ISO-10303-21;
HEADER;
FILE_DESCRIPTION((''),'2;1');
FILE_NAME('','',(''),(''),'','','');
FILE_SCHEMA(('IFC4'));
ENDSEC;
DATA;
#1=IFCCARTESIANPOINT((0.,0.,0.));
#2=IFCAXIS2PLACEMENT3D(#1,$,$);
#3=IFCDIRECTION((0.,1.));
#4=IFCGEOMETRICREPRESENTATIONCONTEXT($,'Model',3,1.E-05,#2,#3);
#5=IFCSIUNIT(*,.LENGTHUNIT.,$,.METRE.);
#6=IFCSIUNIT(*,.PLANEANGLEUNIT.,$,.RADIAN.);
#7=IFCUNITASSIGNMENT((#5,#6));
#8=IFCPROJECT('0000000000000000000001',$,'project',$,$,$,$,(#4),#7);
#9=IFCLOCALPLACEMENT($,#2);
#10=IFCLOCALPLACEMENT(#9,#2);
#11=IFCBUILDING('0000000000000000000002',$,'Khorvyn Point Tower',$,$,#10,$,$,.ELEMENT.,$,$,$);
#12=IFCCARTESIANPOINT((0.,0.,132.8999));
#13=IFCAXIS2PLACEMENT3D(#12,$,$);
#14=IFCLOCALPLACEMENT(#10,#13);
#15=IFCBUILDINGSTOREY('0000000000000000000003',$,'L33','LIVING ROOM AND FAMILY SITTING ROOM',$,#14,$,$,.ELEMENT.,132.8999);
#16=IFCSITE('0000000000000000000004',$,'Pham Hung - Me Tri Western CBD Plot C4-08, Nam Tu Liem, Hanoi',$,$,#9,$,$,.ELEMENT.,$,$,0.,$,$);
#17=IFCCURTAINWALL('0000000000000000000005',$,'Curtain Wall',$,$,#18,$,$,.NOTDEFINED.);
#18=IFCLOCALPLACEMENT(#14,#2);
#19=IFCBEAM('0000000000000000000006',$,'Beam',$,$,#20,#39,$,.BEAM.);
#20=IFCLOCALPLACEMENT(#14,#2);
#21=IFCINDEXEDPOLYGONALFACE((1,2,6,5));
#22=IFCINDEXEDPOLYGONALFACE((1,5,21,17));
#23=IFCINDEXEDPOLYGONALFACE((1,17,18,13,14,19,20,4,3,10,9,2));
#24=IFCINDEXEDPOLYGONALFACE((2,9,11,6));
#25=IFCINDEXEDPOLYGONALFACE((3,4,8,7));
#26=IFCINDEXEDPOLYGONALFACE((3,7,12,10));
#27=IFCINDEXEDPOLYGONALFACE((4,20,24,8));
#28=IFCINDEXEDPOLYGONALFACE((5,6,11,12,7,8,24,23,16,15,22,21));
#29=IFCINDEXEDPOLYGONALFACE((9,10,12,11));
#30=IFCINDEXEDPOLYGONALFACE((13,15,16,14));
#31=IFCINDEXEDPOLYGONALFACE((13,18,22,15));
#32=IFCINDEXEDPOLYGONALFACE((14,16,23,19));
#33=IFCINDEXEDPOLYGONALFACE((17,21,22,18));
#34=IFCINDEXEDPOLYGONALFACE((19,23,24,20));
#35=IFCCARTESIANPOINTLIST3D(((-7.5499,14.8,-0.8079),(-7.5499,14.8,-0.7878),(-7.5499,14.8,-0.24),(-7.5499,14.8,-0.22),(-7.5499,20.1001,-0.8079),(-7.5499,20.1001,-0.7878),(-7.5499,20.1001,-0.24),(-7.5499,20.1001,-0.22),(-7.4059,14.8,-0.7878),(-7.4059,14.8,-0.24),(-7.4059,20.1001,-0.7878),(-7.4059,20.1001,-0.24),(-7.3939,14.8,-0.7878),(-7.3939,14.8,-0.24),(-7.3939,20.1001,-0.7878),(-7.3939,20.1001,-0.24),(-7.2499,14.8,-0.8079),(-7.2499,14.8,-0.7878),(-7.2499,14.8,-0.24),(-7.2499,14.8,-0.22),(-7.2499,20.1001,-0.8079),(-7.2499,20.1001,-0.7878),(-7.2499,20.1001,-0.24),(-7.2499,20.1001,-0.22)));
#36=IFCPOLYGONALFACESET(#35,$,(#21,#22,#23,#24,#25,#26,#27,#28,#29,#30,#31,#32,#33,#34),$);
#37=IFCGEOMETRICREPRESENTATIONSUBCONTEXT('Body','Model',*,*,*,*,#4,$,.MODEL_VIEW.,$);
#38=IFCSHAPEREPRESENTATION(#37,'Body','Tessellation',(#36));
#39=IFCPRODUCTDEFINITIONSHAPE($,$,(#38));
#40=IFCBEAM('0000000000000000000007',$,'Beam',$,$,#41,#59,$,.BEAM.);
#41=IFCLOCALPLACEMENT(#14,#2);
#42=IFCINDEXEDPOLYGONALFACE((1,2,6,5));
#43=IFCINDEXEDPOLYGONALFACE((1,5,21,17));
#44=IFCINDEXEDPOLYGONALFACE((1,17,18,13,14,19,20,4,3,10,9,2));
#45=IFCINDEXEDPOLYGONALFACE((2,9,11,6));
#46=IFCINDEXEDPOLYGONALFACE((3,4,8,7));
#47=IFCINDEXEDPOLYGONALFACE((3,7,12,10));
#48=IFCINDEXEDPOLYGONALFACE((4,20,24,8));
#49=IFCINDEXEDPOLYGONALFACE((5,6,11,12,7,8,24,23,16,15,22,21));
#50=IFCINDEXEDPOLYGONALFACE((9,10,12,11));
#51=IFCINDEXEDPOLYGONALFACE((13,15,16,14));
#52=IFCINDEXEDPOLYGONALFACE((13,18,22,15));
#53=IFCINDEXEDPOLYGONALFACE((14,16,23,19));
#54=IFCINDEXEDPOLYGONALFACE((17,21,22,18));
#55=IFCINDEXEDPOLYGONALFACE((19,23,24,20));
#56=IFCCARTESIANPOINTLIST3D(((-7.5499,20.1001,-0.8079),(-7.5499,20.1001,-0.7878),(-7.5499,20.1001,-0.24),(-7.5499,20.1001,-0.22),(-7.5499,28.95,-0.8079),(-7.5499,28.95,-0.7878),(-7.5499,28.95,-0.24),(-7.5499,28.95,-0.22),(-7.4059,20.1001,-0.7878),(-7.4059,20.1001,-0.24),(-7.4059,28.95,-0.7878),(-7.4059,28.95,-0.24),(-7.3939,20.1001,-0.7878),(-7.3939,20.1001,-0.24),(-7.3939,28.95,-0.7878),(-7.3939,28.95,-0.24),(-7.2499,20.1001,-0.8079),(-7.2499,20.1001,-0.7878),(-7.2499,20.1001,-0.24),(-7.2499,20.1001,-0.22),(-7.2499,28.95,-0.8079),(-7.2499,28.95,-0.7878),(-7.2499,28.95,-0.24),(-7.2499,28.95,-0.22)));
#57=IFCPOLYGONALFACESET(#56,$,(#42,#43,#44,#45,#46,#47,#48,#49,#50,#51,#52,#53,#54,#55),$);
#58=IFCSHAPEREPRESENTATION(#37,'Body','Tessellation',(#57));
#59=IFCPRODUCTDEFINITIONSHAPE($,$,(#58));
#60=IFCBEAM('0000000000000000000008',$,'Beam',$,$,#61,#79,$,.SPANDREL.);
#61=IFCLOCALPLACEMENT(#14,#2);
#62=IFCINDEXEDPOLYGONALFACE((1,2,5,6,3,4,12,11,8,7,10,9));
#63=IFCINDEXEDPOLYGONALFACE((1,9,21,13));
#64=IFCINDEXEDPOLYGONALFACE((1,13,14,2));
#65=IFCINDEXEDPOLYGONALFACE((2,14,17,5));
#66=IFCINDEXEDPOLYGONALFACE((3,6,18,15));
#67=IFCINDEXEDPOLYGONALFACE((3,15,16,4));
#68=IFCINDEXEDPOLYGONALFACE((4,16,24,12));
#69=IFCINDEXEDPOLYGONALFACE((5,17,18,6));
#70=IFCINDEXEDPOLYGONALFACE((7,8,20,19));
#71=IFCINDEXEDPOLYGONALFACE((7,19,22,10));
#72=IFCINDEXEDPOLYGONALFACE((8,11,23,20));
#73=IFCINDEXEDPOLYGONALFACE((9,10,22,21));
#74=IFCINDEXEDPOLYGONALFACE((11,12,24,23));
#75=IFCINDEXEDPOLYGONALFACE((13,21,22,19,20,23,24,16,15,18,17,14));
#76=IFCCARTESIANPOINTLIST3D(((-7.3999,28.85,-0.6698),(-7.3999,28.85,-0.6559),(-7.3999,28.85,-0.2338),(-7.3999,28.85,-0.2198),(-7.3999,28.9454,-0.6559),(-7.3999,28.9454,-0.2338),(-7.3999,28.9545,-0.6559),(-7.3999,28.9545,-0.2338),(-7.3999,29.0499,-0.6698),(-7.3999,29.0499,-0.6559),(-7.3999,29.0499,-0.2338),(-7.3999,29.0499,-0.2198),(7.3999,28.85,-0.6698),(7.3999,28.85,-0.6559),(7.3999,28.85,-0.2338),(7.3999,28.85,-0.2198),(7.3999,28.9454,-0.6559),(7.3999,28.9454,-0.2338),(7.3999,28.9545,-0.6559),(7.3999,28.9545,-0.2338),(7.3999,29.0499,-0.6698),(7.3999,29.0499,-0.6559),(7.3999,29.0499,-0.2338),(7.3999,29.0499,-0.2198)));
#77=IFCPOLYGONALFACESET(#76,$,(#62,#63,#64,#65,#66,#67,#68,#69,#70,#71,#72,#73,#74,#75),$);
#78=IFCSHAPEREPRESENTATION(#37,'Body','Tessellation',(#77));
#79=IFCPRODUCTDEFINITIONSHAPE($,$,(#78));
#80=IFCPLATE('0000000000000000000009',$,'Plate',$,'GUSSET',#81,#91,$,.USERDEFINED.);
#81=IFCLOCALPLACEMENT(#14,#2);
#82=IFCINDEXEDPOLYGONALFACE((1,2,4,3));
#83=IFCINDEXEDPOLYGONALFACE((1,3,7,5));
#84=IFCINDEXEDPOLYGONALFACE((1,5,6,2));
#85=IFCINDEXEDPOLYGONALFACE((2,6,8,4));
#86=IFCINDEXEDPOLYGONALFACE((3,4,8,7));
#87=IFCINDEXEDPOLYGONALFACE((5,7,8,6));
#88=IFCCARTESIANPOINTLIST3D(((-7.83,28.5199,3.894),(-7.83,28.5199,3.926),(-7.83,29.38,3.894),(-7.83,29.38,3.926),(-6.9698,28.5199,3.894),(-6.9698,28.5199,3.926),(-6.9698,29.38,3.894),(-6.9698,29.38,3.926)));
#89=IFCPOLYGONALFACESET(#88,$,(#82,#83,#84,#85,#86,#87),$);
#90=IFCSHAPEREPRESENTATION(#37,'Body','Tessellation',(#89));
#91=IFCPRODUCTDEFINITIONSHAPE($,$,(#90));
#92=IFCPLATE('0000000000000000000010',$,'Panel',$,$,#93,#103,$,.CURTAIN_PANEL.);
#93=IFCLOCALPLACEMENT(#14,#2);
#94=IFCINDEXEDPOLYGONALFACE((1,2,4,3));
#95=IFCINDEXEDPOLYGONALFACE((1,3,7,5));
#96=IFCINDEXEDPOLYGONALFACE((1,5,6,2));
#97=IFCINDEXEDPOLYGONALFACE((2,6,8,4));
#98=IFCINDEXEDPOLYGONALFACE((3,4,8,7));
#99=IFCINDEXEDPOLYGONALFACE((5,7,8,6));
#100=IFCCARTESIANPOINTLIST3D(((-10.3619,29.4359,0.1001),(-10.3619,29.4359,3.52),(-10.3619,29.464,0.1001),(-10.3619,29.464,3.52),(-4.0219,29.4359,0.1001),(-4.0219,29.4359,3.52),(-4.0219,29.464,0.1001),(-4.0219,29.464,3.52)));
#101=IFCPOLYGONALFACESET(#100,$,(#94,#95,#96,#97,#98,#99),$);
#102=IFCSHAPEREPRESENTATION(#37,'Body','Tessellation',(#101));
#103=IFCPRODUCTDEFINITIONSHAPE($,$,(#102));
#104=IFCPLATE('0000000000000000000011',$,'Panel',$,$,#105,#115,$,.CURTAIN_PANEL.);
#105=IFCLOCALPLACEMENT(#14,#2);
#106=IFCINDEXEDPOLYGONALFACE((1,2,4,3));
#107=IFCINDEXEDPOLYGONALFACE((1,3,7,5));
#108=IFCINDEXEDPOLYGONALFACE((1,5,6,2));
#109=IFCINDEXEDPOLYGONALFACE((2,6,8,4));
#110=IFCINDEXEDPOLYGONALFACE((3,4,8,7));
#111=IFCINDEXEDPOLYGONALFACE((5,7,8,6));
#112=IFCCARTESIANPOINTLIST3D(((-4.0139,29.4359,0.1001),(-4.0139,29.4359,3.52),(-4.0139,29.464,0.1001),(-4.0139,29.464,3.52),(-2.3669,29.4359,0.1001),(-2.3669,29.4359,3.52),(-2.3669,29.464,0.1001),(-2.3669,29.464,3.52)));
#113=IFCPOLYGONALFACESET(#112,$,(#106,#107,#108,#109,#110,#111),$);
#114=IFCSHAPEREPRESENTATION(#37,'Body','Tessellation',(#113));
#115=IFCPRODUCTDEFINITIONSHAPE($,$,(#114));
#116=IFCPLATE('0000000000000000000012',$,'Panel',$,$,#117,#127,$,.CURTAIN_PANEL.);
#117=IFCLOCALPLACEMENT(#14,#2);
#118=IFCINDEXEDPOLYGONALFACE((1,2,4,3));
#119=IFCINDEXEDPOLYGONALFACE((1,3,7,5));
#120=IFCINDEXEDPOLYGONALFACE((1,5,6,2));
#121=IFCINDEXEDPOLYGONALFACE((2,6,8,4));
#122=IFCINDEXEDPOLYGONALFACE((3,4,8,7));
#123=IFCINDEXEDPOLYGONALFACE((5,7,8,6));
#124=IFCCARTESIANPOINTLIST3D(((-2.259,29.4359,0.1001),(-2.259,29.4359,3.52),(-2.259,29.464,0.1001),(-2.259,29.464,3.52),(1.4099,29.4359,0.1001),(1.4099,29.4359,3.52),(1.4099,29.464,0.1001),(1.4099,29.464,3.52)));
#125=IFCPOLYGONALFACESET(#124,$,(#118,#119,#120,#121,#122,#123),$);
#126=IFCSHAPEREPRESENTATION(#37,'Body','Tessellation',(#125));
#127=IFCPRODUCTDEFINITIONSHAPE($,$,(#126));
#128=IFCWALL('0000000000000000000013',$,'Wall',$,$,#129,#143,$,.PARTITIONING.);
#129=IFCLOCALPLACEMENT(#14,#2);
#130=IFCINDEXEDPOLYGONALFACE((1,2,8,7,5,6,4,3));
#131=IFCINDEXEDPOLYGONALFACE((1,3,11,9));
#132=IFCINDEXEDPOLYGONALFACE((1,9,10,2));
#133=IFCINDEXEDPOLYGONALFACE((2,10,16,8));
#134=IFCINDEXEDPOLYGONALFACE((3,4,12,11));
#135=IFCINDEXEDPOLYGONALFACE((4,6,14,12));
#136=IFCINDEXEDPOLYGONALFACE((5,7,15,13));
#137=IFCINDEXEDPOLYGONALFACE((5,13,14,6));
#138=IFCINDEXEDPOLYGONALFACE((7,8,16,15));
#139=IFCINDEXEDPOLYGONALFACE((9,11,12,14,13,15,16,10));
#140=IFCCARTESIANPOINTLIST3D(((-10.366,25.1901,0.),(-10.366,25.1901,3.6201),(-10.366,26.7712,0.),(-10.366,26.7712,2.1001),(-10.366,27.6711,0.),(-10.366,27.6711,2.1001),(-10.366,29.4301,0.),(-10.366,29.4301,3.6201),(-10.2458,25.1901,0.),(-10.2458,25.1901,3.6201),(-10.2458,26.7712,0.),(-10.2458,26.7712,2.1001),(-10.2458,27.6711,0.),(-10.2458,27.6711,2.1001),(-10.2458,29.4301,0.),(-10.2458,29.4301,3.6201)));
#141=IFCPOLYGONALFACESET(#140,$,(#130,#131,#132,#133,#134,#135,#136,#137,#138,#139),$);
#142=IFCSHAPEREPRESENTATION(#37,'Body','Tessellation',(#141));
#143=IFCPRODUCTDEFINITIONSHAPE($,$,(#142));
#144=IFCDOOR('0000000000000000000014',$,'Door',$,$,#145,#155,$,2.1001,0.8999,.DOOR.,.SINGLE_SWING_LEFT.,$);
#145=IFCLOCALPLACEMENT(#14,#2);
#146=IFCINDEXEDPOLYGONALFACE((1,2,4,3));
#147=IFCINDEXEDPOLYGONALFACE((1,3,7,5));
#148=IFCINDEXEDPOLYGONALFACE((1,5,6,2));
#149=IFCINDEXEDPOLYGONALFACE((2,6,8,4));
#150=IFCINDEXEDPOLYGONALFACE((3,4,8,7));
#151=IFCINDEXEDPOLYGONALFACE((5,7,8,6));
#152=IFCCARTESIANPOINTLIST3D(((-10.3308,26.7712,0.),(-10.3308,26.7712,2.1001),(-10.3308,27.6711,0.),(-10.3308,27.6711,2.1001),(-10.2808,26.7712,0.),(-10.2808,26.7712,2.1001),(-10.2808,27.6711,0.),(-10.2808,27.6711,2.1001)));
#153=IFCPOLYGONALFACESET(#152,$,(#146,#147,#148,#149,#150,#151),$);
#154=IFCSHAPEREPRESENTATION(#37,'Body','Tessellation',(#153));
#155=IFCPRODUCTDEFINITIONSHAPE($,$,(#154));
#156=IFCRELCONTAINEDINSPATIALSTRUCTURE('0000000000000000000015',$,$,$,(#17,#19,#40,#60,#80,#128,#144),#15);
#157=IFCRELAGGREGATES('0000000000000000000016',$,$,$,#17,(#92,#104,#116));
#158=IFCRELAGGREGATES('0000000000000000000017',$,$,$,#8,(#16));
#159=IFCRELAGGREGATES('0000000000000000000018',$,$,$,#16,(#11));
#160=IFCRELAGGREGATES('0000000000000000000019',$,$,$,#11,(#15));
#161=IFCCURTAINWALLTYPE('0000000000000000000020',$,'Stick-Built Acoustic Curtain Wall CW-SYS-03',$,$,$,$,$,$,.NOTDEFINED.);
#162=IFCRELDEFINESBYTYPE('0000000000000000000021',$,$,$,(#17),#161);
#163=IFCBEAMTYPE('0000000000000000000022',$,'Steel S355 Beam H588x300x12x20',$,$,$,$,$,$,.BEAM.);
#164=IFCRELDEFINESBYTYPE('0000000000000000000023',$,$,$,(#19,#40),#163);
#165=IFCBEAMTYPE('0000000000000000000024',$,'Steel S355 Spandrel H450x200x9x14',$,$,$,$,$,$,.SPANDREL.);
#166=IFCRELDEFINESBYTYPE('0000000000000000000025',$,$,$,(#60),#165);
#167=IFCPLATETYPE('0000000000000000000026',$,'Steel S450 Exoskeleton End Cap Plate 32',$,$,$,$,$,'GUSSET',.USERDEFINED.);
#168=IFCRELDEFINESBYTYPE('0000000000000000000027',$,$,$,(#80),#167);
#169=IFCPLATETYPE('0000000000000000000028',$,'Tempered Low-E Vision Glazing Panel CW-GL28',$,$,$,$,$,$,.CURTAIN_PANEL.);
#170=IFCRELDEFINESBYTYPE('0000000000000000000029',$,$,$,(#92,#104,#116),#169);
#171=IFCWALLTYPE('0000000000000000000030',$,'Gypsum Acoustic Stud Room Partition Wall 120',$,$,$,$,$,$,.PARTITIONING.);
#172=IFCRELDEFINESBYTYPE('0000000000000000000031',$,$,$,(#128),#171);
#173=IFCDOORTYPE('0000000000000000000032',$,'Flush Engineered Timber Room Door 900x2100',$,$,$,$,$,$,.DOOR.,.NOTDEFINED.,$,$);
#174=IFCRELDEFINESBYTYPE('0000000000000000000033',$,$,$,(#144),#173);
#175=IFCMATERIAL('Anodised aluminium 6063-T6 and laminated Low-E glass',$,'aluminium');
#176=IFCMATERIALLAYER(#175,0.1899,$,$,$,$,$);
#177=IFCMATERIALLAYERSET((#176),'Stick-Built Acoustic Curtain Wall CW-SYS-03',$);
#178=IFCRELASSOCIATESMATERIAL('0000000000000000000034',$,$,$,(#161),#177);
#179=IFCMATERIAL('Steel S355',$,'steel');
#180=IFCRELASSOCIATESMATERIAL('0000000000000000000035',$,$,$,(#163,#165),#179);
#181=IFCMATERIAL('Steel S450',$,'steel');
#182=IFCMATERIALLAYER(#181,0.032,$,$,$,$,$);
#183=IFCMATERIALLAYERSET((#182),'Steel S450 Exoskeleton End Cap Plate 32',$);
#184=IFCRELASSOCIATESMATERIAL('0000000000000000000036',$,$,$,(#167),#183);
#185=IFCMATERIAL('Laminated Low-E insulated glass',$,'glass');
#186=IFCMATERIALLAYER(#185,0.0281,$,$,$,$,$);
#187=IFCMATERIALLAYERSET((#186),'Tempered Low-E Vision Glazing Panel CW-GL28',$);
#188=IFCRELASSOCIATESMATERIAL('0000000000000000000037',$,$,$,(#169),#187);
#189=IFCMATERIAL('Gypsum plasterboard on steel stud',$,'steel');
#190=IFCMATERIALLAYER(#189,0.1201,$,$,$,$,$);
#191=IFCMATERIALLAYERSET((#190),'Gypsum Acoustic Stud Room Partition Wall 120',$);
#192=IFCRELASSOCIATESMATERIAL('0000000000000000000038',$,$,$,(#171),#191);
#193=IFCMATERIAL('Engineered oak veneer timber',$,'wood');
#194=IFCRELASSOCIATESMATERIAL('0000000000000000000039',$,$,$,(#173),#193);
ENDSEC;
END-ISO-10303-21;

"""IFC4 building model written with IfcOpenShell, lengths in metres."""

from ifc_helpers import new_model, si_unit, direction, frame, frame_2d, origin, origin_2d, place, context, subcontext, project, spatial, rectangle, i_section, extrude, material, layer, layer_set, material_profile, profile_set, type_object, element, fill, aggregate, save


model = new_model("IFC4")

# Units and contexts
model_context = context("Model", 3, precision=1e-05, world=origin(), true_north=direction((0.0, 1.0)))
body_context = subcontext(model_context, "Body", "Model", "MODEL_VIEW")
ifc_project = project(units=[si_unit("LENGTHUNIT", "METRE"), si_unit("PLANEANGLEUNIT", "RADIAN")], contexts=[model_context])

# Site, building, storey
site_placement = place(None, origin())
site = spatial("IfcSite", under=ifc_project, at=site_placement, Name="Pham Hung - Me Tri Western CBD Plot C4-08, Nam Tu Liem, Hanoi", CompositionType="ELEMENT", RefElevation=0.0)
building_placement = place(site_placement, origin())
building = spatial("IfcBuilding", under=site, at=building_placement, Name="Khorvyn Point Tower", CompositionType="ELEMENT")
storey_placement = place(building_placement, frame((0.0, 0.0, 132.8999)))
storey = spatial("IfcBuildingStorey", under=building, at=storey_placement, Name="L33", Description="LIVING ROOM AND FAMILY SITTING ROOM", CompositionType="ELEMENT", Elevation=132.8999)

# Shared definitions
ifc_material_1 = material(Name="Steel S450", Category="steel")

# Curtain wall
ifc_material_2 = material(Name="Anodised aluminium 6063-T6 and laminated Low-E glass", Category="aluminium")
ifc_layer_1 = layer(ifc_material_2, 0.1899)
ifc_layer_set_1 = layer_set([ifc_layer_1], Name="Stick-Built Acoustic Curtain Wall CW-SYS-03")
curtain_wall_type = type_object("IfcCurtainWallType", Name="Stick-Built Acoustic Curtain Wall CW-SYS-03", PredefinedType="NOTDEFINED", material=ifc_layer_set_1)
curtain_wall_placement = place(storey_placement, origin())
curtain_wall = element("IfcCurtainWall", 1, at=curtain_wall_placement, inside=storey, type_object=curtain_wall_type, Name="Curtain Wall", PredefinedType="NOTDEFINED")

# Beams
ifc_material_3 = material(Name="Steel S355", Category="steel")
ifc_material_profile_1 = material_profile(ifc_material_3, i_section(OverallWidth=0.3, OverallDepth=0.5879, WebThickness=0.012, FlangeThickness=0.02, at=origin_2d()))
ifc_profile_set_1 = profile_set([ifc_material_profile_1], Name="Steel S355 H588x300x12x20")
beam_type_1 = type_object("IfcBeamType", Name="Steel S355 Beam H588x300x12x20", PredefinedType="BEAM", material=ifc_profile_set_1)
beam_1_placement = place(storey_placement, frame((-7.3999, 14.8, -0.5139), z_axis=(0.0, 1.0, 0.0), x_axis=(-1.0, 0.0, 0.0)))
element("IfcBeam", 2, at=beam_1_placement, inside=storey, type_object=beam_type_1, Name="Beam", PredefinedType="BEAM", context=body_context, shape_type="SweptSolid", body=[
    extrude(i_section(OverallWidth=0.3, OverallDepth=0.5879, WebThickness=0.012, FlangeThickness=0.02, at=origin_2d()), origin(), (0.0, 0.0, 1.0), 5.3),
])
beam_2_placement = place(storey_placement, frame((-7.3999, 20.1001, -0.5139), z_axis=(0.0, 1.0, 0.0), x_axis=(-1.0, 0.0, 0.0)))
element("IfcBeam", 3, at=beam_2_placement, inside=storey, type_object=beam_type_1, Name="Beam", PredefinedType="BEAM", context=body_context, shape_type="SweptSolid", body=[
    extrude(i_section(OverallWidth=0.3, OverallDepth=0.5879, WebThickness=0.012, FlangeThickness=0.02, at=origin_2d()), origin(), (0.0, 0.0, 1.0), 8.8499),
])
ifc_material_profile_2 = material_profile(ifc_material_3, i_section(OverallWidth=0.2, OverallDepth=0.45, WebThickness=0.009, FlangeThickness=0.0139, at=origin_2d()))
ifc_profile_set_2 = profile_set([ifc_material_profile_2], Name="Steel S355 H450x200x9x14")
beam_type_2 = type_object("IfcBeamType", Name="Steel S355 Spandrel H450x200x9x14", PredefinedType="SPANDREL", material=ifc_profile_set_2)
beam_3_placement = place(storey_placement, frame((-7.3999, 28.95, -0.4448), z_axis=(1.0, 0.0, 0.0), x_axis=(0.0, 1.0, 0.0)))
element("IfcBeam", 4, at=beam_3_placement, inside=storey, type_object=beam_type_2, Name="Beam", PredefinedType="SPANDREL", context=body_context, shape_type="SweptSolid", body=[
    extrude(i_section(OverallWidth=0.2, OverallDepth=0.45, WebThickness=0.009, FlangeThickness=0.0139, at=origin_2d()), origin(), (0.0, 0.0, 1.0), 14.7998),
])

# Plates
ifc_layer_2 = layer(ifc_material_1, 0.032)
ifc_layer_set_2 = layer_set([ifc_layer_2], Name="Steel S450 Exoskeleton End Cap Plate 32")
plate_type_1 = type_object("IfcPlateType", Name="Steel S450 Exoskeleton End Cap Plate 32", ElementType="GUSSET", PredefinedType="USERDEFINED", material=ifc_layer_set_2)
plate_1_placement = place(storey_placement, frame((-7.3999, 28.95, 3.894), z_axis=(0.0, 0.0, 1.0), x_axis=(1.0, 0.0, 0.0)))
element("IfcPlate", 5, at=plate_1_placement, inside=storey, type_object=plate_type_1, Name="Plate", ObjectType="GUSSET", PredefinedType="USERDEFINED", context=body_context, shape_type="SweptSolid", body=[
    extrude(rectangle(XDim=0.8601, YDim=0.8601, at=origin_2d()), origin(), (0.0, 0.0, 1.0), 0.032),
])
ifc_material_4 = material(Name="Laminated Low-E insulated glass", Category="glass")
ifc_layer_3 = layer(ifc_material_4, 0.0281)
ifc_layer_set_3 = layer_set([ifc_layer_3], Name="Tempered Low-E Vision Glazing Panel CW-GL28")
plate_type_2 = type_object("IfcPlateType", Name="Tempered Low-E Vision Glazing Panel CW-GL28", PredefinedType="CURTAIN_PANEL", material=ifc_layer_set_3)
plate_2_placement = place(storey_placement, frame((-7.1919, 29.45, 0.1001), z_axis=(0.0, 0.0, 1.0), x_axis=(1.0, 0.0, 0.0)))
plate_2 = element("IfcPlate", 6, at=plate_2_placement, type_object=plate_type_2, Name="Panel", PredefinedType="CURTAIN_PANEL", context=body_context, shape_type="SweptSolid", body=[
    extrude(rectangle(XDim=6.3401, YDim=0.0281, at=origin_2d()), origin(), (0.0, 0.0, 1.0), 3.4199),
])
plate_3_placement = place(storey_placement, frame((-3.1904, 29.45, 0.1001), z_axis=(0.0, 0.0, 1.0), x_axis=(1.0, 0.0, 0.0)))
plate_3 = element("IfcPlate", 7, at=plate_3_placement, type_object=plate_type_2, Name="Panel", PredefinedType="CURTAIN_PANEL", context=body_context, shape_type="SweptSolid", body=[
    extrude(rectangle(XDim=1.647, YDim=0.0281, at=origin_2d()), origin(), (0.0, 0.0, 1.0), 3.4199),
])
plate_4_placement = place(storey_placement, frame((-0.4246, 29.45, 0.1001), z_axis=(0.0, 0.0, 1.0), x_axis=(1.0, 0.0, 0.0)))
plate_4 = element("IfcPlate", 8, at=plate_4_placement, type_object=plate_type_2, Name="Panel", PredefinedType="CURTAIN_PANEL", context=body_context, shape_type="SweptSolid", body=[
    extrude(rectangle(XDim=3.6689, YDim=0.0281, at=origin_2d()), origin(), (0.0, 0.0, 1.0), 3.4199),
])
aggregate(curtain_wall, [plate_2, plate_3, plate_4])

# Wall, opening, door
ifc_material_5 = material(Name="Gypsum plasterboard on steel stud", Category="steel")
ifc_layer_4 = layer(ifc_material_5, 0.1201)
ifc_layer_set_4 = layer_set([ifc_layer_4], Name="Gypsum Acoustic Stud Room Partition Wall 120")
wall_type_1 = type_object("IfcWallType", Name="Gypsum Acoustic Stud Room Partition Wall 120", PredefinedType="PARTITIONING", material=ifc_layer_set_4)
wall_1_placement = place(storey_placement, frame((-10.3059, 25.1899, 0.0), z_axis=(0.0, 0.0, 1.0), x_axis=(0.0, 1.0, 0.0)))
wall_1 = element("IfcWall", 9, at=wall_1_placement, inside=storey, type_object=wall_type_1, Name="Wall", PredefinedType="PARTITIONING", context=body_context, shape_type="SweptSolid", body=[
    extrude(rectangle(XDim=4.24, YDim=0.1201, at=frame_2d((2.1201, 0.0))), origin(), (0.0, 0.0, 1.0), 3.6201),
])
opening_1_placement = place(wall_1_placement, frame((1.5813, 0.0, 0.0)))
opening_1 = element("IfcOpeningElement", 10, at=opening_1_placement, cuts=wall_1, PredefinedType="OPENING", context=body_context, shape_type="SweptSolid", body=[
    extrude(rectangle(XDim=0.8999, YDim=2.1001, at=frame_2d((0.45, 1.05))), frame((0.0, 0.0701, 0.0), z_axis=(0.0, -1.0, 0.0), x_axis=(1.0, 0.0, 0.0)), (0.0, 0.0, 1.0), 0.1401),
])
ifc_material_6 = material(Name="Engineered oak veneer timber", Category="wood")
door_type_1 = type_object("IfcDoorType", Name="Flush Engineered Timber Room Door 900x2100", OperationType="NOTDEFINED", PredefinedType="DOOR", material=ifc_material_6)
door_1_placement = place(opening_1_placement, origin())
door_1 = element("IfcDoor", 11, at=door_1_placement, inside=storey, type_object=door_type_1, Name="Door", OperationType="SINGLE_SWING_LEFT", OverallHeight=2.1001, OverallWidth=0.8999, PredefinedType="DOOR", context=body_context, shape_type="SweptSolid", body=[
    extrude(rectangle(XDim=0.8999, YDim=2.1001, at=frame_2d((0.45, 1.05))), frame((0.0, 0.0249, 0.0), z_axis=(0.0, -1.0, 0.0), x_axis=(1.0, 0.0, 0.0)), (0.0, 0.0, 1.0), 0.05),
])
fill(opening_1, door_1)

save(model, "model.ifc")
